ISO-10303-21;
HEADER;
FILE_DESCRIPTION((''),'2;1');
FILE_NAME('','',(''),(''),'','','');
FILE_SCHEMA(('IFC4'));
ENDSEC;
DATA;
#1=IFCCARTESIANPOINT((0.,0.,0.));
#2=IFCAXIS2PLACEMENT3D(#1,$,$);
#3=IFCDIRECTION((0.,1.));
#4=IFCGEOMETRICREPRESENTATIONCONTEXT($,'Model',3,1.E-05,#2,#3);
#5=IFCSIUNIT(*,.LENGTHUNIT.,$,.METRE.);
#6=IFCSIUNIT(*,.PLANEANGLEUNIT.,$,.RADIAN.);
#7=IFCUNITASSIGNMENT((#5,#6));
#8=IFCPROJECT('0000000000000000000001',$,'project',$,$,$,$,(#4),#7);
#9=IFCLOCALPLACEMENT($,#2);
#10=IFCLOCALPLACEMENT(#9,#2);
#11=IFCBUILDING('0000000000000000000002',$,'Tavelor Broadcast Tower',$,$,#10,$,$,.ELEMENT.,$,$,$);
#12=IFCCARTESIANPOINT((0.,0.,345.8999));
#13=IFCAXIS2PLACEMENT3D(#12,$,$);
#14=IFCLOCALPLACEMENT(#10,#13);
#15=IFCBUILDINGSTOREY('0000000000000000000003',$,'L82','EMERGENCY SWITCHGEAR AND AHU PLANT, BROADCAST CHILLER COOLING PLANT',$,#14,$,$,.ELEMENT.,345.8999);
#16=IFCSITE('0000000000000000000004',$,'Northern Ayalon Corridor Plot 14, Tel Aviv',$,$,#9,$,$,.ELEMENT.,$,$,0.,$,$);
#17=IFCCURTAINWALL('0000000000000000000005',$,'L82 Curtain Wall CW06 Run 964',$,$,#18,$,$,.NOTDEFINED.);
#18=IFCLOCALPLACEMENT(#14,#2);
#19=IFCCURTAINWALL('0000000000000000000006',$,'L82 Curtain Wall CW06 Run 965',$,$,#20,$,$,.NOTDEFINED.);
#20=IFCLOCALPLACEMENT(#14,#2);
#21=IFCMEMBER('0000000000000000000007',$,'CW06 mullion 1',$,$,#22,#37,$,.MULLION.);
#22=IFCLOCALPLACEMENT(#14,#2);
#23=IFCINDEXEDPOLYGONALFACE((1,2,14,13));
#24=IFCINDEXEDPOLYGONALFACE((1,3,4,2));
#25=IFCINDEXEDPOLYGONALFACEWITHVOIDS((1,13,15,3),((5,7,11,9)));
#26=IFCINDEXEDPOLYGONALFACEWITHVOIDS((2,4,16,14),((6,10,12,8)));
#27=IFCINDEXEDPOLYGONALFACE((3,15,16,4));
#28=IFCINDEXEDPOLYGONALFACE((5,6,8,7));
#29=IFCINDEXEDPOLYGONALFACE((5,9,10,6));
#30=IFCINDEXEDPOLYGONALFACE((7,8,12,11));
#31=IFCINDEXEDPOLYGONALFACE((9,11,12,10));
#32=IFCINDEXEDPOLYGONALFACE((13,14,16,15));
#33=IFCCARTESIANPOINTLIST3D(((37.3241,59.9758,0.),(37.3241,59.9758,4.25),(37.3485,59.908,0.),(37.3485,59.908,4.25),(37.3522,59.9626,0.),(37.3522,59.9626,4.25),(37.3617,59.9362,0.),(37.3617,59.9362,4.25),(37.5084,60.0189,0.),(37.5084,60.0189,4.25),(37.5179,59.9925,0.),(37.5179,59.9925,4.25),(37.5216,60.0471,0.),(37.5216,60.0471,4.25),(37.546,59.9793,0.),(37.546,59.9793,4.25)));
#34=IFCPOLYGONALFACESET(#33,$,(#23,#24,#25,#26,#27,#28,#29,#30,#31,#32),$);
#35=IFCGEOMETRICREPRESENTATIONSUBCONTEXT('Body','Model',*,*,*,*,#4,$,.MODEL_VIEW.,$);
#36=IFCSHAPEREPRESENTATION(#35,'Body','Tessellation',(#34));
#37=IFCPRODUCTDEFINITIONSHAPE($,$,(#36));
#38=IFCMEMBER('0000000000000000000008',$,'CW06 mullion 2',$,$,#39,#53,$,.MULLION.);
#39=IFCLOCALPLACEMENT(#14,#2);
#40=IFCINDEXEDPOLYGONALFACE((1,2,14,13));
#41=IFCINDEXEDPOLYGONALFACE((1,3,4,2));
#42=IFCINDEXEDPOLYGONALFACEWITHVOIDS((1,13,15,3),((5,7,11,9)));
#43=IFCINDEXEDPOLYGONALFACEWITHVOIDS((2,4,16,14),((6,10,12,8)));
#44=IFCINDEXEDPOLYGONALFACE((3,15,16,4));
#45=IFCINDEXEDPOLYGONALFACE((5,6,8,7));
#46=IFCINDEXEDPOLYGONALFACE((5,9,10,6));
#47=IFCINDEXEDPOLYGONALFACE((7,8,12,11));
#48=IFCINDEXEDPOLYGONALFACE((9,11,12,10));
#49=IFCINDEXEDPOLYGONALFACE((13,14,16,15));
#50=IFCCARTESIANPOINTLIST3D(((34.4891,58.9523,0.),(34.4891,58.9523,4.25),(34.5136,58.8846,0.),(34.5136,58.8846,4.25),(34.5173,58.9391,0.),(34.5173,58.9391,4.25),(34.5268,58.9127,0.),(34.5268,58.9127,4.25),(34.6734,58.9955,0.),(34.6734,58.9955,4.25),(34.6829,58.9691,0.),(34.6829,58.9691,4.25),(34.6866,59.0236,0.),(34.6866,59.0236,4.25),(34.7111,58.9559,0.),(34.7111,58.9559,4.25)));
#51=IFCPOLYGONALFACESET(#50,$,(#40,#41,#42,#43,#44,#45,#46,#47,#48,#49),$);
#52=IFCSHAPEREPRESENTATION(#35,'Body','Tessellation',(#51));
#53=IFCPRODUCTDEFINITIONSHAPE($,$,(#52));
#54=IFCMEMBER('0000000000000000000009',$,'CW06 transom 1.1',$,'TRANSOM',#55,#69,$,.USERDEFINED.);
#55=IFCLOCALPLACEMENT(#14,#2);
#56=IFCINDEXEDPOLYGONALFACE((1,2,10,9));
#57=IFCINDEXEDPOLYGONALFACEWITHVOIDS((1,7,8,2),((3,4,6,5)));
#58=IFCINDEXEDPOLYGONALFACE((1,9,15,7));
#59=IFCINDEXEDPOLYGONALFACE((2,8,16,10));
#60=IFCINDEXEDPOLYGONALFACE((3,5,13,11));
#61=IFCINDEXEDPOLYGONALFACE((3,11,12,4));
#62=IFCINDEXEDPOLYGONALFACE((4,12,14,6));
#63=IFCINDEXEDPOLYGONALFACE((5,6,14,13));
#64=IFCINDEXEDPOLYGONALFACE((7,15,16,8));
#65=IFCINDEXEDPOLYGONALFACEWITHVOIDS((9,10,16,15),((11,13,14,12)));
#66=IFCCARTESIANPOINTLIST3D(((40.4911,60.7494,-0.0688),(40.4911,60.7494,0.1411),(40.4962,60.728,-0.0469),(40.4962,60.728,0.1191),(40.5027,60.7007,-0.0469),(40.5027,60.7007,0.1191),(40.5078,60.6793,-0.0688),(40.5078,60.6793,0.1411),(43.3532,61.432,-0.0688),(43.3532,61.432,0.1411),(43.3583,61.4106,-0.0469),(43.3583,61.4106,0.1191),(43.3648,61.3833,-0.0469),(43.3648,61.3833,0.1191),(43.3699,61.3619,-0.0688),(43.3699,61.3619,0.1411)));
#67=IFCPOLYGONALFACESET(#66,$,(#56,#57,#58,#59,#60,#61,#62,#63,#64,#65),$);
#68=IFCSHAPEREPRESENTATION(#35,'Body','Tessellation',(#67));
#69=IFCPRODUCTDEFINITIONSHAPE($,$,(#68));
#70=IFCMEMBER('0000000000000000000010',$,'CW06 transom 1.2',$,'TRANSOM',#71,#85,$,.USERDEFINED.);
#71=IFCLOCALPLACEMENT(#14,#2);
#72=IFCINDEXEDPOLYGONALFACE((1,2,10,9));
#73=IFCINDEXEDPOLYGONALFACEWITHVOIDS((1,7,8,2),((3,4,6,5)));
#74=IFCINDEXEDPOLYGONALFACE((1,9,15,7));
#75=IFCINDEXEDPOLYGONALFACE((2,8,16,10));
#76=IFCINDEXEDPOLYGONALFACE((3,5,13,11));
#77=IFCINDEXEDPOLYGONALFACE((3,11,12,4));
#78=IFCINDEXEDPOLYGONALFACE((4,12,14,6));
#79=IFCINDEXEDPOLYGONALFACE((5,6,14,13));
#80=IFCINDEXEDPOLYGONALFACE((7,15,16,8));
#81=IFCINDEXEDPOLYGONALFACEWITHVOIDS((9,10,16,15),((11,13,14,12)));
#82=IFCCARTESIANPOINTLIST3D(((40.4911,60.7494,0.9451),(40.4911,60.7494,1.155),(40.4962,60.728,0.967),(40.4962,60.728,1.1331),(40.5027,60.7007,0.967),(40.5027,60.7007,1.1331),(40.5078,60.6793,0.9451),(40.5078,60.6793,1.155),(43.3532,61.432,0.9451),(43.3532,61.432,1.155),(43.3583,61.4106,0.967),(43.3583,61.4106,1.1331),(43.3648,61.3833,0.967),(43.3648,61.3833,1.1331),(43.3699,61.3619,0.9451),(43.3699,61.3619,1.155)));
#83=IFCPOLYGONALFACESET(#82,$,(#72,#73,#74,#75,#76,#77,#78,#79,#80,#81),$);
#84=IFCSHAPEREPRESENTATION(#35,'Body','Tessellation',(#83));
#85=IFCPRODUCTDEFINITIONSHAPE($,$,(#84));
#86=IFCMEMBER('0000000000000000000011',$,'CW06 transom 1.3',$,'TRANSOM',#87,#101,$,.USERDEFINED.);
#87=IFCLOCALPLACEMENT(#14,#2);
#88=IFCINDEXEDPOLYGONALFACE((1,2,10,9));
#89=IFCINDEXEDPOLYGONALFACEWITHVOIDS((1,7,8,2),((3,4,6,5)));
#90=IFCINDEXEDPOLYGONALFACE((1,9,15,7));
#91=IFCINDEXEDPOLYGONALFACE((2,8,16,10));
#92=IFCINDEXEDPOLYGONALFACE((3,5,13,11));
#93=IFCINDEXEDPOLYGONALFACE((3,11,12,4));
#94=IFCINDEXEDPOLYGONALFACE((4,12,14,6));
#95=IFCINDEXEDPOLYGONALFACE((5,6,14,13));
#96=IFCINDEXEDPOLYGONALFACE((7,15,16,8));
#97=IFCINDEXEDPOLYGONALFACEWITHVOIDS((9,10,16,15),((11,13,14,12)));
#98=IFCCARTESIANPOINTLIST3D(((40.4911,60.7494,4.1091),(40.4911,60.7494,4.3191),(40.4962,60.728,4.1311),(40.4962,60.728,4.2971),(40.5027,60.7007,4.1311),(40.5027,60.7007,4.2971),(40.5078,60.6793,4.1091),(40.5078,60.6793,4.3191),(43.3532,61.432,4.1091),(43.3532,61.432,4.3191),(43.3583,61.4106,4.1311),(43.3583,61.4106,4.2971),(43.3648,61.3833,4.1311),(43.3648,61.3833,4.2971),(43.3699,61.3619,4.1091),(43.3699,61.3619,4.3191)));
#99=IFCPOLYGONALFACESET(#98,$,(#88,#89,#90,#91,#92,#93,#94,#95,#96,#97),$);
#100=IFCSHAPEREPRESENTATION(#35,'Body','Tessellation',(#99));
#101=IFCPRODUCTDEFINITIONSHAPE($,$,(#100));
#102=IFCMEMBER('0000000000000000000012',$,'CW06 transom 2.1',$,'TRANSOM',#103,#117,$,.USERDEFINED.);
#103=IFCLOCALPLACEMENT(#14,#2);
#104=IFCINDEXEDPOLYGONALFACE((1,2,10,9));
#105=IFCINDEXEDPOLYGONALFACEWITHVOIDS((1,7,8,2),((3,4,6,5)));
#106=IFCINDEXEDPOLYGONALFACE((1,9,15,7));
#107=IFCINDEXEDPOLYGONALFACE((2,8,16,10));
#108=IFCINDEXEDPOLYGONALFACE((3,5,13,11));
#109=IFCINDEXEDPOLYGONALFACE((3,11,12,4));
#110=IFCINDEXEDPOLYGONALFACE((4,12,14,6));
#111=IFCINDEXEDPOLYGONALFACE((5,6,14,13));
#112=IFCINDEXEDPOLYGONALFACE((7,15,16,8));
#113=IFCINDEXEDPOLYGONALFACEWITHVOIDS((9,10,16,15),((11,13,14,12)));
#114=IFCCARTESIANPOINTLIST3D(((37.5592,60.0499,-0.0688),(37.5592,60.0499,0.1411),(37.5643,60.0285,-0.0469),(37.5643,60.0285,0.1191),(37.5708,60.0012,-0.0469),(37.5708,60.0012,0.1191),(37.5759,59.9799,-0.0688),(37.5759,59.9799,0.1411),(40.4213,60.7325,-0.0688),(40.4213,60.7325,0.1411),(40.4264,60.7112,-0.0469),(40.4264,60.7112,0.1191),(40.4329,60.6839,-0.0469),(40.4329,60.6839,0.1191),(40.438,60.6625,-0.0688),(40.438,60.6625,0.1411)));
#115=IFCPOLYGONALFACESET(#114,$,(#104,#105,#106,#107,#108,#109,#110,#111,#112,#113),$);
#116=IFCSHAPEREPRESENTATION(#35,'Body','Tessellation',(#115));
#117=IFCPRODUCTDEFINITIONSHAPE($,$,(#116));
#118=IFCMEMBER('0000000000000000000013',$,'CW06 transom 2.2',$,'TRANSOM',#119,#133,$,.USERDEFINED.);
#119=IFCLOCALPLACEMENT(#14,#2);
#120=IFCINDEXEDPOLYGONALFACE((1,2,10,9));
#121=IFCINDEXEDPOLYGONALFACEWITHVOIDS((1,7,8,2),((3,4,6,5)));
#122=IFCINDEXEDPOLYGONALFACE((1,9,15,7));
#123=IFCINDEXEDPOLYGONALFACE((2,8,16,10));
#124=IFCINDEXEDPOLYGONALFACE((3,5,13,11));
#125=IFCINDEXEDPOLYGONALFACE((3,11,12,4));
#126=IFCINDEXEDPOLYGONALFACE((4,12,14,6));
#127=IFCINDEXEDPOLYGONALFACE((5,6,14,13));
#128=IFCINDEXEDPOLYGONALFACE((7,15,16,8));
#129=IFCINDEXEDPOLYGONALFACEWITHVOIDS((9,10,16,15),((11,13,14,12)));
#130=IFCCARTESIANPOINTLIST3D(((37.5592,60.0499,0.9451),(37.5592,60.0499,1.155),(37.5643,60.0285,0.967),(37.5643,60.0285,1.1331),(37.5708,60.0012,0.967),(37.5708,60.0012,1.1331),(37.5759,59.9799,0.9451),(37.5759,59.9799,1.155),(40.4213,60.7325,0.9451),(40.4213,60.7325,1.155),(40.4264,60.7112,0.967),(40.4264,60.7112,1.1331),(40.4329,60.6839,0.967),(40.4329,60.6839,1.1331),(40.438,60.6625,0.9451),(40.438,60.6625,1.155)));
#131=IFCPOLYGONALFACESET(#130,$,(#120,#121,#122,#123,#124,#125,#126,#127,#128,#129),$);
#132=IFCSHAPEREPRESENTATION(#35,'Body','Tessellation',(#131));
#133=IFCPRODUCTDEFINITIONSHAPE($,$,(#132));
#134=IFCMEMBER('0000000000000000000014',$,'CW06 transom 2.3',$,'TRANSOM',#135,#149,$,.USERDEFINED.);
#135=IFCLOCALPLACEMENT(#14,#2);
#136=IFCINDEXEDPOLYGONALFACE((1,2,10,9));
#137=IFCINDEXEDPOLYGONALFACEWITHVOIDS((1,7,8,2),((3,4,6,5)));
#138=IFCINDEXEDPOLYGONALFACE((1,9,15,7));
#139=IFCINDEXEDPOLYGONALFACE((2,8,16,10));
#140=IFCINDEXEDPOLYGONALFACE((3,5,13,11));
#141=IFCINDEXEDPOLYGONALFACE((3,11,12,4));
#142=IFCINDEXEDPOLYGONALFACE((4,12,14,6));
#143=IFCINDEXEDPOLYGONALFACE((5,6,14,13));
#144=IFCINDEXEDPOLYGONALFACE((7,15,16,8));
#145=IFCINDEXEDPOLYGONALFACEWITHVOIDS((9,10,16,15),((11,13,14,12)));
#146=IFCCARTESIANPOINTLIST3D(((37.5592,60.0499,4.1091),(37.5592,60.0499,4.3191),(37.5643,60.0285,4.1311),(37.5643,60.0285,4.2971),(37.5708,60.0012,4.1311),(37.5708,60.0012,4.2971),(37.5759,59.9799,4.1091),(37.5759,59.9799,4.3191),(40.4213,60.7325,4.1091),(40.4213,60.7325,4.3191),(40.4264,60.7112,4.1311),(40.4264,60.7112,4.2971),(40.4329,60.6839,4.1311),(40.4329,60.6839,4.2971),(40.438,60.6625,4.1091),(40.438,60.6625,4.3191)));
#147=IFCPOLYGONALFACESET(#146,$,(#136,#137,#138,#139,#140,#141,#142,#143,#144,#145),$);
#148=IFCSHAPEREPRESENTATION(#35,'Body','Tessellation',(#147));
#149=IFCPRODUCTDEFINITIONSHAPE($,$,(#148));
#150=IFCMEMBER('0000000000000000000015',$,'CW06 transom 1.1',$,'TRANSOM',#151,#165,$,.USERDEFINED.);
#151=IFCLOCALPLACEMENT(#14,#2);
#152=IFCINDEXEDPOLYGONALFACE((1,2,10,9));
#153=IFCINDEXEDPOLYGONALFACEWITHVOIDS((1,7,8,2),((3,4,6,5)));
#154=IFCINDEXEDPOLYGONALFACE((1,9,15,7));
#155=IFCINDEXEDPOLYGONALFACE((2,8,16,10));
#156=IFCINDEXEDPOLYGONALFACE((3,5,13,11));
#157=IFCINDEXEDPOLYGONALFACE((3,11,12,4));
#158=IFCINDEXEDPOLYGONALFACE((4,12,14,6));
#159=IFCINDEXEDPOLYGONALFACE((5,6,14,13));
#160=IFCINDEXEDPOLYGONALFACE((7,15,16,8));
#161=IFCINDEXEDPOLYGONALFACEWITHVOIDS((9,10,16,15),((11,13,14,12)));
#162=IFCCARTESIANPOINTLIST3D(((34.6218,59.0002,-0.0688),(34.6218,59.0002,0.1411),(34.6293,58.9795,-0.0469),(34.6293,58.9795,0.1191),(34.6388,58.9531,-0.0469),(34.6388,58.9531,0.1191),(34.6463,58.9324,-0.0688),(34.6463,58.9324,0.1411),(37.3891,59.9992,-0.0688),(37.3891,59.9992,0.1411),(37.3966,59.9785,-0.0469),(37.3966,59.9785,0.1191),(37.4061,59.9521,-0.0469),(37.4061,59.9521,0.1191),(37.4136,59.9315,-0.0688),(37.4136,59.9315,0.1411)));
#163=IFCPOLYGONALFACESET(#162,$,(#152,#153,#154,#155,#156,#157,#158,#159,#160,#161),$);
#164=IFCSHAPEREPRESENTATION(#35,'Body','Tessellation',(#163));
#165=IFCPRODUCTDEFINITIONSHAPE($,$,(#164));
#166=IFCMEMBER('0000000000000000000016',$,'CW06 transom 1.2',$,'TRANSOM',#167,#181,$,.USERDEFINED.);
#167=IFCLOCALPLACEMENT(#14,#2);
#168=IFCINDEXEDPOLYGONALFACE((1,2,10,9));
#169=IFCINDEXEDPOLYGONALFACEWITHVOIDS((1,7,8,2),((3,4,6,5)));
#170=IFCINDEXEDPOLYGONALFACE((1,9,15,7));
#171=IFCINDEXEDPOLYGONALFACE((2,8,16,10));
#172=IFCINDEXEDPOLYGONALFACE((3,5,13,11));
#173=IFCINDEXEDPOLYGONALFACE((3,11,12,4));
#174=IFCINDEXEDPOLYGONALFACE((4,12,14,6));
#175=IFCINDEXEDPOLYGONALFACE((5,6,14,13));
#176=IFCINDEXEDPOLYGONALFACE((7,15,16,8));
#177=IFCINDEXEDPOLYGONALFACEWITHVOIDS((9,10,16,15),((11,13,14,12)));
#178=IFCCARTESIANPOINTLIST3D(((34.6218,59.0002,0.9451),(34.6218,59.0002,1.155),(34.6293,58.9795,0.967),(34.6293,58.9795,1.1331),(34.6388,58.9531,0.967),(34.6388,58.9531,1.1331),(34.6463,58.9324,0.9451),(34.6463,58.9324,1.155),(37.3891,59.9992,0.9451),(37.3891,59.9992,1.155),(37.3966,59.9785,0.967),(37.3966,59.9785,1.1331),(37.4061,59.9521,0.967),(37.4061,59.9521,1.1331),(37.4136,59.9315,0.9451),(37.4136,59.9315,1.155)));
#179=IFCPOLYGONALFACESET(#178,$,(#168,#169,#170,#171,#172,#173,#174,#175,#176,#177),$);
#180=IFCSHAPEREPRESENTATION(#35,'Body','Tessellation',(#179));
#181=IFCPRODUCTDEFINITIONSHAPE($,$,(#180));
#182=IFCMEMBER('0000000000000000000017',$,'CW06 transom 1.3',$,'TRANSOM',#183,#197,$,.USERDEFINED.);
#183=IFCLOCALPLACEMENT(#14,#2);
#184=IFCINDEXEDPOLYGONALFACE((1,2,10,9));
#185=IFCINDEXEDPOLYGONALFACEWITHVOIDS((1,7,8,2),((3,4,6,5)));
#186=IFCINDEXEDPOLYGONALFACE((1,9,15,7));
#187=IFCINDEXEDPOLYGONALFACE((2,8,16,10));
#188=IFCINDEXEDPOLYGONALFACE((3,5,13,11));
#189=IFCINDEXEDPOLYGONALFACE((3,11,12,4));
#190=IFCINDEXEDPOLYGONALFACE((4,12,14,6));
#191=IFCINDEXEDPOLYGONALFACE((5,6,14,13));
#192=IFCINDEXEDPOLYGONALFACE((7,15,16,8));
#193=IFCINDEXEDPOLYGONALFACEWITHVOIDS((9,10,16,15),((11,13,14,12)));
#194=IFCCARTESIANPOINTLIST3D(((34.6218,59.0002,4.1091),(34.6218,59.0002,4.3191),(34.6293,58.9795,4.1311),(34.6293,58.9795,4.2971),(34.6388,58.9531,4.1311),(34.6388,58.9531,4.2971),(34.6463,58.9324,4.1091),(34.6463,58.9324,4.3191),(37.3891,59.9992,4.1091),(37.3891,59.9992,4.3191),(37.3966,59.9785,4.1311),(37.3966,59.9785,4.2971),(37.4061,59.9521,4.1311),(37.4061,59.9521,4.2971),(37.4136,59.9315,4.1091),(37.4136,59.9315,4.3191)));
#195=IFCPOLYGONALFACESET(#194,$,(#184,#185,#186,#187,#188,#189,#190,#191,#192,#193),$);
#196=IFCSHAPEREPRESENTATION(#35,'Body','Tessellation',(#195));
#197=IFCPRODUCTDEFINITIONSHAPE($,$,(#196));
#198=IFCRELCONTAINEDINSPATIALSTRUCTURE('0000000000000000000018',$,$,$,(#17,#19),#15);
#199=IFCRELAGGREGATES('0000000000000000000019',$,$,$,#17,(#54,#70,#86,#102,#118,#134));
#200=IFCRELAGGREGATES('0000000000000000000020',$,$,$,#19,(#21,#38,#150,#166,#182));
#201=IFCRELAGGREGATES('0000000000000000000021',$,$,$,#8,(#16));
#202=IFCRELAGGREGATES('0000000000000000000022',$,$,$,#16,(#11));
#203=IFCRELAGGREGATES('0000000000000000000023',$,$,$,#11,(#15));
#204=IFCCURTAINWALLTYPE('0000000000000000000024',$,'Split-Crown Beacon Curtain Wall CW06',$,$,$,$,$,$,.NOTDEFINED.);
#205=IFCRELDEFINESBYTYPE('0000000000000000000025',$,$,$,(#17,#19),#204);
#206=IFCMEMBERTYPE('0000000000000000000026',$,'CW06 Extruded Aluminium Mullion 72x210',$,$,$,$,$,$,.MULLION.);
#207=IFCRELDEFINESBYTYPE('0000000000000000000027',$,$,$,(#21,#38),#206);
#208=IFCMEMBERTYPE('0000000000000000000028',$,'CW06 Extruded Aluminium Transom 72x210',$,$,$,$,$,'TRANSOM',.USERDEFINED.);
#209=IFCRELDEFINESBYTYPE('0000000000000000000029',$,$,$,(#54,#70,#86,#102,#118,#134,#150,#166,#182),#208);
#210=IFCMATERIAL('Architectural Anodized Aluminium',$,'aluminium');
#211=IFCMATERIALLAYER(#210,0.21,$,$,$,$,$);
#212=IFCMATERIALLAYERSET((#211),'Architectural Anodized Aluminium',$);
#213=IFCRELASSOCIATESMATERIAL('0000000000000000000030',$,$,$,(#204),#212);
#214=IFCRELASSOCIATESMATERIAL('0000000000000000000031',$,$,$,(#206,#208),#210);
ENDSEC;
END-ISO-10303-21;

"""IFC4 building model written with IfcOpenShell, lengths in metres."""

from ifc_helpers import new_model, si_unit, direction, frame, origin, origin_2d, place, context, subcontext, project, spatial, hollow_rectangle, extrude, source, transform, mapped, material, layer, layer_set, material_profile, profile_set, type_object, type_shapes, element, aggregate, save


model = new_model("IFC4")

# Units and contexts
model_context = context("Model", 3, precision=1e-05, world=origin(), true_north=direction((0.0, 1.0)))
body_context = subcontext(model_context, "Body", "Model", "MODEL_VIEW")
ifc_project = project(units=[si_unit("LENGTHUNIT", "METRE"), si_unit("PLANEANGLEUNIT", "RADIAN")], contexts=[model_context])

# Site, building, storey
site_placement = place(None, origin())
site = spatial("IfcSite", under=ifc_project, at=site_placement, Name="Northern Ayalon Corridor Plot 14, Tel Aviv", CompositionType="ELEMENT", RefElevation=0.0)
building_placement = place(site_placement, origin())
building = spatial("IfcBuilding", under=site, at=building_placement, Name="Tavelor Broadcast Tower", CompositionType="ELEMENT")
storey_placement = place(building_placement, frame((0.0, 0.0, 345.8999)))
storey = spatial("IfcBuildingStorey", under=building, at=storey_placement, Name="L82", Description="EMERGENCY SWITCHGEAR AND AHU PLANT, BROADCAST CHILLER COOLING PLANT", CompositionType="ELEMENT", Elevation=345.8999)

# Shared definitions
ifc_material_1 = material(Name="Architectural Anodized Aluminium", Category="aluminium")
ifc_layer_1 = layer(ifc_material_1, 0.21)
ifc_layer_set_1 = layer_set([ifc_layer_1], Name="Architectural Anodized Aluminium")
curtain_wall_type = type_object("IfcCurtainWallType", Name="Split-Crown Beacon Curtain Wall CW06", PredefinedType="NOTDEFINED", material=ifc_layer_set_1)
ifc_material_profile_1 = material_profile(ifc_material_1, hollow_rectangle(XDim=0.072, YDim=0.21, WallThickness=0.022, at=origin_2d()), Name="RHS 72x210x22")
ifc_profile_set_1 = profile_set([ifc_material_profile_1], Name="Architectural Anodized Aluminium")
member_type_1 = type_object("IfcMemberType", Name="CW06 Extruded Aluminium Mullion 72x210", PredefinedType="MULLION", material=ifc_profile_set_1)
shared_shape_1 = source(origin(), body_context, "Body", "SweptSolid", [
    extrude(hollow_rectangle(XDim=0.072, YDim=0.21, WallThickness=0.022, at=origin_2d()), origin(), (0.0, 0.0, 1.0), 4.25),
])
type_shapes(member_type_1, [shared_shape_1])

# Curtain walls, members
curtain_wall_1_placement = place(storey_placement, origin())
curtain_wall_1 = element("IfcCurtainWall", 1, at=curtain_wall_1_placement, inside=storey, type_object=curtain_wall_type, Name="L82 Curtain Wall CW06 Run 964", PredefinedType="NOTDEFINED")
curtain_wall_2_placement = place(storey_placement, origin())
curtain_wall_2 = element("IfcCurtainWall", 2, at=curtain_wall_2_placement, inside=storey, type_object=curtain_wall_type, Name="L82 Curtain Wall CW06 Run 965", PredefinedType="NOTDEFINED")
member_1_placement = place(storey_placement, frame((37.4351, 59.9775, 0.0), z_axis=(0.0, 0.0, 1.0), x_axis=(0.339526, -0.940597, 0.0)))
member_1 = element("IfcMember", 3, at=member_1_placement, type_object=member_type_1, Name="CW06 mullion 1", PredefinedType="MULLION", context=body_context, shape_type="MappedRepresentation", body=[
    mapped(shared_shape_1, transform((0.0, 0.0, 0.0), scale=1.0)),
])
member_2_placement = place(storey_placement, frame((34.6001, 58.9541, 0.0), z_axis=(0.0, 0.0, 1.0), x_axis=(0.339526, -0.940597, 0.0)))
member_2 = element("IfcMember", 4, at=member_2_placement, type_object=member_type_1, Name="CW06 mullion 2", PredefinedType="MULLION", context=body_context, shape_type="MappedRepresentation", body=[
    mapped(shared_shape_1, transform((0.0, 0.0, 0.0), scale=1.0)),
])

# Members
ifc_material_profile_2 = material_profile(ifc_material_1, hollow_rectangle(XDim=0.072, YDim=0.21, WallThickness=0.022, at=origin_2d()), Name="RHS 72x210x22")
ifc_profile_set_2 = profile_set([ifc_material_profile_2], Name="Architectural Anodized Aluminium")
member_type_2 = type_object("IfcMemberType", Name="CW06 Extruded Aluminium Transom 72x210", ElementType="TRANSOM", PredefinedType="USERDEFINED", material=ifc_profile_set_2)
shared_shape_2 = source(origin(), body_context, "Body", "SweptSolid", [
    extrude(hollow_rectangle(XDim=0.072, YDim=0.21, WallThickness=0.022, at=origin_2d()), origin(), (0.0, 0.0, 1.0), 2.9424),
])
member_3_placement = place(storey_placement, frame((43.3616, 61.397, 0.0361), z_axis=(-0.972716, -0.231998, 0.0), x_axis=(0.231998, -0.972716, 0.0)))
member_3 = element("IfcMember", 5, at=member_3_placement, type_object=member_type_2, Name="CW06 transom 1.1", ObjectType="TRANSOM", PredefinedType="USERDEFINED", context=body_context, shape_type="MappedRepresentation", body=[
    mapped(shared_shape_2, transform((0.0, 0.0, 0.0), scale=1.0)),
])
member_4_placement = place(storey_placement, frame((43.3616, 61.397, 1.05), z_axis=(-0.972716, -0.231998, 0.0), x_axis=(0.231998, -0.972716, 0.0)))
member_4 = element("IfcMember", 6, at=member_4_placement, type_object=member_type_2, Name="CW06 transom 1.2", ObjectType="TRANSOM", PredefinedType="USERDEFINED", context=body_context, shape_type="MappedRepresentation", body=[
    mapped(shared_shape_2, transform((0.0, 0.0, 0.0), scale=1.0)),
])
member_5_placement = place(storey_placement, frame((43.3616, 61.397, 4.2141), z_axis=(-0.972716, -0.231998, 0.0), x_axis=(0.231998, -0.972716, 0.0)))
member_5 = element("IfcMember", 7, at=member_5_placement, type_object=member_type_2, Name="CW06 transom 1.3", ObjectType="TRANSOM", PredefinedType="USERDEFINED", context=body_context, shape_type="MappedRepresentation", body=[
    mapped(shared_shape_2, transform((0.0, 0.0, 0.0), scale=1.0)),
])
member_6_placement = place(storey_placement, frame((40.4297, 60.6975, 0.0361), z_axis=(-0.972716, -0.231998, 0.0), x_axis=(0.231998, -0.972716, 0.0)))
member_6 = element("IfcMember", 8, at=member_6_placement, type_object=member_type_2, Name="CW06 transom 2.1", ObjectType="TRANSOM", PredefinedType="USERDEFINED", context=body_context, shape_type="MappedRepresentation", body=[
    mapped(shared_shape_2, transform((0.0, 0.0, 0.0), scale=1.0)),
])
member_7_placement = place(storey_placement, frame((40.4297, 60.6975, 1.05), z_axis=(-0.972716, -0.231998, 0.0), x_axis=(0.231998, -0.972716, 0.0)))
member_7 = element("IfcMember", 9, at=member_7_placement, type_object=member_type_2, Name="CW06 transom 2.2", ObjectType="TRANSOM", PredefinedType="USERDEFINED", context=body_context, shape_type="MappedRepresentation", body=[
    mapped(shared_shape_2, transform((0.0, 0.0, 0.0), scale=1.0)),
])
member_8_placement = place(storey_placement, frame((40.4297, 60.6975, 4.2141), z_axis=(-0.972716, -0.231998, 0.0), x_axis=(0.231998, -0.972716, 0.0)))
member_8 = element("IfcMember", 10, at=member_8_placement, type_object=member_type_2, Name="CW06 transom 2.3", ObjectType="TRANSOM", PredefinedType="USERDEFINED", context=body_context, shape_type="MappedRepresentation", body=[
    mapped(shared_shape_2, transform((0.0, 0.0, 0.0), scale=1.0)),
])
shared_shape_3 = source(origin(), body_context, "Body", "SweptSolid", [
    extrude(hollow_rectangle(XDim=0.072, YDim=0.21, WallThickness=0.022, at=origin_2d()), origin(), (0.0, 0.0, 1.0), 2.9421),
])
type_shapes(member_type_2, [shared_shape_2, shared_shape_3])
member_9_placement = place(storey_placement, frame((37.4014, 59.9653, 0.0361), z_axis=(-0.940586, -0.339557, 0.0), x_axis=(0.339557, -0.940586, 0.0)))
member_9 = element("IfcMember", 11, at=member_9_placement, type_object=member_type_2, Name="CW06 transom 1.1", ObjectType="TRANSOM", PredefinedType="USERDEFINED", context=body_context, shape_type="MappedRepresentation", body=[
    mapped(shared_shape_3, transform((0.0, 0.0, 0.0), scale=1.0)),
])
member_10_placement = place(storey_placement, frame((37.4014, 59.9653, 1.05), z_axis=(-0.940586, -0.339557, 0.0), x_axis=(0.339557, -0.940586, 0.0)))
member_10 = element("IfcMember", 12, at=member_10_placement, type_object=member_type_2, Name="CW06 transom 1.2", ObjectType="TRANSOM", PredefinedType="USERDEFINED", context=body_context, shape_type="MappedRepresentation", body=[
    mapped(shared_shape_3, transform((0.0, 0.0, 0.0), scale=1.0)),
])
member_11_placement = place(storey_placement, frame((37.4014, 59.9653, 4.2141), z_axis=(-0.940586, -0.339557, 0.0), x_axis=(0.339557, -0.940586, 0.0)))
member_11 = element("IfcMember", 13, at=member_11_placement, type_object=member_type_2, Name="CW06 transom 1.3", ObjectType="TRANSOM", PredefinedType="USERDEFINED", context=body_context, shape_type="MappedRepresentation", body=[
    mapped(shared_shape_3, transform((0.0, 0.0, 0.0), scale=1.0)),
])

aggregate(curtain_wall_1, [member_3, member_4, member_5, member_6, member_7, member_8])
aggregate(curtain_wall_2, [member_1, member_2, member_9, member_10, member_11])

save(model, "model.ifc")
